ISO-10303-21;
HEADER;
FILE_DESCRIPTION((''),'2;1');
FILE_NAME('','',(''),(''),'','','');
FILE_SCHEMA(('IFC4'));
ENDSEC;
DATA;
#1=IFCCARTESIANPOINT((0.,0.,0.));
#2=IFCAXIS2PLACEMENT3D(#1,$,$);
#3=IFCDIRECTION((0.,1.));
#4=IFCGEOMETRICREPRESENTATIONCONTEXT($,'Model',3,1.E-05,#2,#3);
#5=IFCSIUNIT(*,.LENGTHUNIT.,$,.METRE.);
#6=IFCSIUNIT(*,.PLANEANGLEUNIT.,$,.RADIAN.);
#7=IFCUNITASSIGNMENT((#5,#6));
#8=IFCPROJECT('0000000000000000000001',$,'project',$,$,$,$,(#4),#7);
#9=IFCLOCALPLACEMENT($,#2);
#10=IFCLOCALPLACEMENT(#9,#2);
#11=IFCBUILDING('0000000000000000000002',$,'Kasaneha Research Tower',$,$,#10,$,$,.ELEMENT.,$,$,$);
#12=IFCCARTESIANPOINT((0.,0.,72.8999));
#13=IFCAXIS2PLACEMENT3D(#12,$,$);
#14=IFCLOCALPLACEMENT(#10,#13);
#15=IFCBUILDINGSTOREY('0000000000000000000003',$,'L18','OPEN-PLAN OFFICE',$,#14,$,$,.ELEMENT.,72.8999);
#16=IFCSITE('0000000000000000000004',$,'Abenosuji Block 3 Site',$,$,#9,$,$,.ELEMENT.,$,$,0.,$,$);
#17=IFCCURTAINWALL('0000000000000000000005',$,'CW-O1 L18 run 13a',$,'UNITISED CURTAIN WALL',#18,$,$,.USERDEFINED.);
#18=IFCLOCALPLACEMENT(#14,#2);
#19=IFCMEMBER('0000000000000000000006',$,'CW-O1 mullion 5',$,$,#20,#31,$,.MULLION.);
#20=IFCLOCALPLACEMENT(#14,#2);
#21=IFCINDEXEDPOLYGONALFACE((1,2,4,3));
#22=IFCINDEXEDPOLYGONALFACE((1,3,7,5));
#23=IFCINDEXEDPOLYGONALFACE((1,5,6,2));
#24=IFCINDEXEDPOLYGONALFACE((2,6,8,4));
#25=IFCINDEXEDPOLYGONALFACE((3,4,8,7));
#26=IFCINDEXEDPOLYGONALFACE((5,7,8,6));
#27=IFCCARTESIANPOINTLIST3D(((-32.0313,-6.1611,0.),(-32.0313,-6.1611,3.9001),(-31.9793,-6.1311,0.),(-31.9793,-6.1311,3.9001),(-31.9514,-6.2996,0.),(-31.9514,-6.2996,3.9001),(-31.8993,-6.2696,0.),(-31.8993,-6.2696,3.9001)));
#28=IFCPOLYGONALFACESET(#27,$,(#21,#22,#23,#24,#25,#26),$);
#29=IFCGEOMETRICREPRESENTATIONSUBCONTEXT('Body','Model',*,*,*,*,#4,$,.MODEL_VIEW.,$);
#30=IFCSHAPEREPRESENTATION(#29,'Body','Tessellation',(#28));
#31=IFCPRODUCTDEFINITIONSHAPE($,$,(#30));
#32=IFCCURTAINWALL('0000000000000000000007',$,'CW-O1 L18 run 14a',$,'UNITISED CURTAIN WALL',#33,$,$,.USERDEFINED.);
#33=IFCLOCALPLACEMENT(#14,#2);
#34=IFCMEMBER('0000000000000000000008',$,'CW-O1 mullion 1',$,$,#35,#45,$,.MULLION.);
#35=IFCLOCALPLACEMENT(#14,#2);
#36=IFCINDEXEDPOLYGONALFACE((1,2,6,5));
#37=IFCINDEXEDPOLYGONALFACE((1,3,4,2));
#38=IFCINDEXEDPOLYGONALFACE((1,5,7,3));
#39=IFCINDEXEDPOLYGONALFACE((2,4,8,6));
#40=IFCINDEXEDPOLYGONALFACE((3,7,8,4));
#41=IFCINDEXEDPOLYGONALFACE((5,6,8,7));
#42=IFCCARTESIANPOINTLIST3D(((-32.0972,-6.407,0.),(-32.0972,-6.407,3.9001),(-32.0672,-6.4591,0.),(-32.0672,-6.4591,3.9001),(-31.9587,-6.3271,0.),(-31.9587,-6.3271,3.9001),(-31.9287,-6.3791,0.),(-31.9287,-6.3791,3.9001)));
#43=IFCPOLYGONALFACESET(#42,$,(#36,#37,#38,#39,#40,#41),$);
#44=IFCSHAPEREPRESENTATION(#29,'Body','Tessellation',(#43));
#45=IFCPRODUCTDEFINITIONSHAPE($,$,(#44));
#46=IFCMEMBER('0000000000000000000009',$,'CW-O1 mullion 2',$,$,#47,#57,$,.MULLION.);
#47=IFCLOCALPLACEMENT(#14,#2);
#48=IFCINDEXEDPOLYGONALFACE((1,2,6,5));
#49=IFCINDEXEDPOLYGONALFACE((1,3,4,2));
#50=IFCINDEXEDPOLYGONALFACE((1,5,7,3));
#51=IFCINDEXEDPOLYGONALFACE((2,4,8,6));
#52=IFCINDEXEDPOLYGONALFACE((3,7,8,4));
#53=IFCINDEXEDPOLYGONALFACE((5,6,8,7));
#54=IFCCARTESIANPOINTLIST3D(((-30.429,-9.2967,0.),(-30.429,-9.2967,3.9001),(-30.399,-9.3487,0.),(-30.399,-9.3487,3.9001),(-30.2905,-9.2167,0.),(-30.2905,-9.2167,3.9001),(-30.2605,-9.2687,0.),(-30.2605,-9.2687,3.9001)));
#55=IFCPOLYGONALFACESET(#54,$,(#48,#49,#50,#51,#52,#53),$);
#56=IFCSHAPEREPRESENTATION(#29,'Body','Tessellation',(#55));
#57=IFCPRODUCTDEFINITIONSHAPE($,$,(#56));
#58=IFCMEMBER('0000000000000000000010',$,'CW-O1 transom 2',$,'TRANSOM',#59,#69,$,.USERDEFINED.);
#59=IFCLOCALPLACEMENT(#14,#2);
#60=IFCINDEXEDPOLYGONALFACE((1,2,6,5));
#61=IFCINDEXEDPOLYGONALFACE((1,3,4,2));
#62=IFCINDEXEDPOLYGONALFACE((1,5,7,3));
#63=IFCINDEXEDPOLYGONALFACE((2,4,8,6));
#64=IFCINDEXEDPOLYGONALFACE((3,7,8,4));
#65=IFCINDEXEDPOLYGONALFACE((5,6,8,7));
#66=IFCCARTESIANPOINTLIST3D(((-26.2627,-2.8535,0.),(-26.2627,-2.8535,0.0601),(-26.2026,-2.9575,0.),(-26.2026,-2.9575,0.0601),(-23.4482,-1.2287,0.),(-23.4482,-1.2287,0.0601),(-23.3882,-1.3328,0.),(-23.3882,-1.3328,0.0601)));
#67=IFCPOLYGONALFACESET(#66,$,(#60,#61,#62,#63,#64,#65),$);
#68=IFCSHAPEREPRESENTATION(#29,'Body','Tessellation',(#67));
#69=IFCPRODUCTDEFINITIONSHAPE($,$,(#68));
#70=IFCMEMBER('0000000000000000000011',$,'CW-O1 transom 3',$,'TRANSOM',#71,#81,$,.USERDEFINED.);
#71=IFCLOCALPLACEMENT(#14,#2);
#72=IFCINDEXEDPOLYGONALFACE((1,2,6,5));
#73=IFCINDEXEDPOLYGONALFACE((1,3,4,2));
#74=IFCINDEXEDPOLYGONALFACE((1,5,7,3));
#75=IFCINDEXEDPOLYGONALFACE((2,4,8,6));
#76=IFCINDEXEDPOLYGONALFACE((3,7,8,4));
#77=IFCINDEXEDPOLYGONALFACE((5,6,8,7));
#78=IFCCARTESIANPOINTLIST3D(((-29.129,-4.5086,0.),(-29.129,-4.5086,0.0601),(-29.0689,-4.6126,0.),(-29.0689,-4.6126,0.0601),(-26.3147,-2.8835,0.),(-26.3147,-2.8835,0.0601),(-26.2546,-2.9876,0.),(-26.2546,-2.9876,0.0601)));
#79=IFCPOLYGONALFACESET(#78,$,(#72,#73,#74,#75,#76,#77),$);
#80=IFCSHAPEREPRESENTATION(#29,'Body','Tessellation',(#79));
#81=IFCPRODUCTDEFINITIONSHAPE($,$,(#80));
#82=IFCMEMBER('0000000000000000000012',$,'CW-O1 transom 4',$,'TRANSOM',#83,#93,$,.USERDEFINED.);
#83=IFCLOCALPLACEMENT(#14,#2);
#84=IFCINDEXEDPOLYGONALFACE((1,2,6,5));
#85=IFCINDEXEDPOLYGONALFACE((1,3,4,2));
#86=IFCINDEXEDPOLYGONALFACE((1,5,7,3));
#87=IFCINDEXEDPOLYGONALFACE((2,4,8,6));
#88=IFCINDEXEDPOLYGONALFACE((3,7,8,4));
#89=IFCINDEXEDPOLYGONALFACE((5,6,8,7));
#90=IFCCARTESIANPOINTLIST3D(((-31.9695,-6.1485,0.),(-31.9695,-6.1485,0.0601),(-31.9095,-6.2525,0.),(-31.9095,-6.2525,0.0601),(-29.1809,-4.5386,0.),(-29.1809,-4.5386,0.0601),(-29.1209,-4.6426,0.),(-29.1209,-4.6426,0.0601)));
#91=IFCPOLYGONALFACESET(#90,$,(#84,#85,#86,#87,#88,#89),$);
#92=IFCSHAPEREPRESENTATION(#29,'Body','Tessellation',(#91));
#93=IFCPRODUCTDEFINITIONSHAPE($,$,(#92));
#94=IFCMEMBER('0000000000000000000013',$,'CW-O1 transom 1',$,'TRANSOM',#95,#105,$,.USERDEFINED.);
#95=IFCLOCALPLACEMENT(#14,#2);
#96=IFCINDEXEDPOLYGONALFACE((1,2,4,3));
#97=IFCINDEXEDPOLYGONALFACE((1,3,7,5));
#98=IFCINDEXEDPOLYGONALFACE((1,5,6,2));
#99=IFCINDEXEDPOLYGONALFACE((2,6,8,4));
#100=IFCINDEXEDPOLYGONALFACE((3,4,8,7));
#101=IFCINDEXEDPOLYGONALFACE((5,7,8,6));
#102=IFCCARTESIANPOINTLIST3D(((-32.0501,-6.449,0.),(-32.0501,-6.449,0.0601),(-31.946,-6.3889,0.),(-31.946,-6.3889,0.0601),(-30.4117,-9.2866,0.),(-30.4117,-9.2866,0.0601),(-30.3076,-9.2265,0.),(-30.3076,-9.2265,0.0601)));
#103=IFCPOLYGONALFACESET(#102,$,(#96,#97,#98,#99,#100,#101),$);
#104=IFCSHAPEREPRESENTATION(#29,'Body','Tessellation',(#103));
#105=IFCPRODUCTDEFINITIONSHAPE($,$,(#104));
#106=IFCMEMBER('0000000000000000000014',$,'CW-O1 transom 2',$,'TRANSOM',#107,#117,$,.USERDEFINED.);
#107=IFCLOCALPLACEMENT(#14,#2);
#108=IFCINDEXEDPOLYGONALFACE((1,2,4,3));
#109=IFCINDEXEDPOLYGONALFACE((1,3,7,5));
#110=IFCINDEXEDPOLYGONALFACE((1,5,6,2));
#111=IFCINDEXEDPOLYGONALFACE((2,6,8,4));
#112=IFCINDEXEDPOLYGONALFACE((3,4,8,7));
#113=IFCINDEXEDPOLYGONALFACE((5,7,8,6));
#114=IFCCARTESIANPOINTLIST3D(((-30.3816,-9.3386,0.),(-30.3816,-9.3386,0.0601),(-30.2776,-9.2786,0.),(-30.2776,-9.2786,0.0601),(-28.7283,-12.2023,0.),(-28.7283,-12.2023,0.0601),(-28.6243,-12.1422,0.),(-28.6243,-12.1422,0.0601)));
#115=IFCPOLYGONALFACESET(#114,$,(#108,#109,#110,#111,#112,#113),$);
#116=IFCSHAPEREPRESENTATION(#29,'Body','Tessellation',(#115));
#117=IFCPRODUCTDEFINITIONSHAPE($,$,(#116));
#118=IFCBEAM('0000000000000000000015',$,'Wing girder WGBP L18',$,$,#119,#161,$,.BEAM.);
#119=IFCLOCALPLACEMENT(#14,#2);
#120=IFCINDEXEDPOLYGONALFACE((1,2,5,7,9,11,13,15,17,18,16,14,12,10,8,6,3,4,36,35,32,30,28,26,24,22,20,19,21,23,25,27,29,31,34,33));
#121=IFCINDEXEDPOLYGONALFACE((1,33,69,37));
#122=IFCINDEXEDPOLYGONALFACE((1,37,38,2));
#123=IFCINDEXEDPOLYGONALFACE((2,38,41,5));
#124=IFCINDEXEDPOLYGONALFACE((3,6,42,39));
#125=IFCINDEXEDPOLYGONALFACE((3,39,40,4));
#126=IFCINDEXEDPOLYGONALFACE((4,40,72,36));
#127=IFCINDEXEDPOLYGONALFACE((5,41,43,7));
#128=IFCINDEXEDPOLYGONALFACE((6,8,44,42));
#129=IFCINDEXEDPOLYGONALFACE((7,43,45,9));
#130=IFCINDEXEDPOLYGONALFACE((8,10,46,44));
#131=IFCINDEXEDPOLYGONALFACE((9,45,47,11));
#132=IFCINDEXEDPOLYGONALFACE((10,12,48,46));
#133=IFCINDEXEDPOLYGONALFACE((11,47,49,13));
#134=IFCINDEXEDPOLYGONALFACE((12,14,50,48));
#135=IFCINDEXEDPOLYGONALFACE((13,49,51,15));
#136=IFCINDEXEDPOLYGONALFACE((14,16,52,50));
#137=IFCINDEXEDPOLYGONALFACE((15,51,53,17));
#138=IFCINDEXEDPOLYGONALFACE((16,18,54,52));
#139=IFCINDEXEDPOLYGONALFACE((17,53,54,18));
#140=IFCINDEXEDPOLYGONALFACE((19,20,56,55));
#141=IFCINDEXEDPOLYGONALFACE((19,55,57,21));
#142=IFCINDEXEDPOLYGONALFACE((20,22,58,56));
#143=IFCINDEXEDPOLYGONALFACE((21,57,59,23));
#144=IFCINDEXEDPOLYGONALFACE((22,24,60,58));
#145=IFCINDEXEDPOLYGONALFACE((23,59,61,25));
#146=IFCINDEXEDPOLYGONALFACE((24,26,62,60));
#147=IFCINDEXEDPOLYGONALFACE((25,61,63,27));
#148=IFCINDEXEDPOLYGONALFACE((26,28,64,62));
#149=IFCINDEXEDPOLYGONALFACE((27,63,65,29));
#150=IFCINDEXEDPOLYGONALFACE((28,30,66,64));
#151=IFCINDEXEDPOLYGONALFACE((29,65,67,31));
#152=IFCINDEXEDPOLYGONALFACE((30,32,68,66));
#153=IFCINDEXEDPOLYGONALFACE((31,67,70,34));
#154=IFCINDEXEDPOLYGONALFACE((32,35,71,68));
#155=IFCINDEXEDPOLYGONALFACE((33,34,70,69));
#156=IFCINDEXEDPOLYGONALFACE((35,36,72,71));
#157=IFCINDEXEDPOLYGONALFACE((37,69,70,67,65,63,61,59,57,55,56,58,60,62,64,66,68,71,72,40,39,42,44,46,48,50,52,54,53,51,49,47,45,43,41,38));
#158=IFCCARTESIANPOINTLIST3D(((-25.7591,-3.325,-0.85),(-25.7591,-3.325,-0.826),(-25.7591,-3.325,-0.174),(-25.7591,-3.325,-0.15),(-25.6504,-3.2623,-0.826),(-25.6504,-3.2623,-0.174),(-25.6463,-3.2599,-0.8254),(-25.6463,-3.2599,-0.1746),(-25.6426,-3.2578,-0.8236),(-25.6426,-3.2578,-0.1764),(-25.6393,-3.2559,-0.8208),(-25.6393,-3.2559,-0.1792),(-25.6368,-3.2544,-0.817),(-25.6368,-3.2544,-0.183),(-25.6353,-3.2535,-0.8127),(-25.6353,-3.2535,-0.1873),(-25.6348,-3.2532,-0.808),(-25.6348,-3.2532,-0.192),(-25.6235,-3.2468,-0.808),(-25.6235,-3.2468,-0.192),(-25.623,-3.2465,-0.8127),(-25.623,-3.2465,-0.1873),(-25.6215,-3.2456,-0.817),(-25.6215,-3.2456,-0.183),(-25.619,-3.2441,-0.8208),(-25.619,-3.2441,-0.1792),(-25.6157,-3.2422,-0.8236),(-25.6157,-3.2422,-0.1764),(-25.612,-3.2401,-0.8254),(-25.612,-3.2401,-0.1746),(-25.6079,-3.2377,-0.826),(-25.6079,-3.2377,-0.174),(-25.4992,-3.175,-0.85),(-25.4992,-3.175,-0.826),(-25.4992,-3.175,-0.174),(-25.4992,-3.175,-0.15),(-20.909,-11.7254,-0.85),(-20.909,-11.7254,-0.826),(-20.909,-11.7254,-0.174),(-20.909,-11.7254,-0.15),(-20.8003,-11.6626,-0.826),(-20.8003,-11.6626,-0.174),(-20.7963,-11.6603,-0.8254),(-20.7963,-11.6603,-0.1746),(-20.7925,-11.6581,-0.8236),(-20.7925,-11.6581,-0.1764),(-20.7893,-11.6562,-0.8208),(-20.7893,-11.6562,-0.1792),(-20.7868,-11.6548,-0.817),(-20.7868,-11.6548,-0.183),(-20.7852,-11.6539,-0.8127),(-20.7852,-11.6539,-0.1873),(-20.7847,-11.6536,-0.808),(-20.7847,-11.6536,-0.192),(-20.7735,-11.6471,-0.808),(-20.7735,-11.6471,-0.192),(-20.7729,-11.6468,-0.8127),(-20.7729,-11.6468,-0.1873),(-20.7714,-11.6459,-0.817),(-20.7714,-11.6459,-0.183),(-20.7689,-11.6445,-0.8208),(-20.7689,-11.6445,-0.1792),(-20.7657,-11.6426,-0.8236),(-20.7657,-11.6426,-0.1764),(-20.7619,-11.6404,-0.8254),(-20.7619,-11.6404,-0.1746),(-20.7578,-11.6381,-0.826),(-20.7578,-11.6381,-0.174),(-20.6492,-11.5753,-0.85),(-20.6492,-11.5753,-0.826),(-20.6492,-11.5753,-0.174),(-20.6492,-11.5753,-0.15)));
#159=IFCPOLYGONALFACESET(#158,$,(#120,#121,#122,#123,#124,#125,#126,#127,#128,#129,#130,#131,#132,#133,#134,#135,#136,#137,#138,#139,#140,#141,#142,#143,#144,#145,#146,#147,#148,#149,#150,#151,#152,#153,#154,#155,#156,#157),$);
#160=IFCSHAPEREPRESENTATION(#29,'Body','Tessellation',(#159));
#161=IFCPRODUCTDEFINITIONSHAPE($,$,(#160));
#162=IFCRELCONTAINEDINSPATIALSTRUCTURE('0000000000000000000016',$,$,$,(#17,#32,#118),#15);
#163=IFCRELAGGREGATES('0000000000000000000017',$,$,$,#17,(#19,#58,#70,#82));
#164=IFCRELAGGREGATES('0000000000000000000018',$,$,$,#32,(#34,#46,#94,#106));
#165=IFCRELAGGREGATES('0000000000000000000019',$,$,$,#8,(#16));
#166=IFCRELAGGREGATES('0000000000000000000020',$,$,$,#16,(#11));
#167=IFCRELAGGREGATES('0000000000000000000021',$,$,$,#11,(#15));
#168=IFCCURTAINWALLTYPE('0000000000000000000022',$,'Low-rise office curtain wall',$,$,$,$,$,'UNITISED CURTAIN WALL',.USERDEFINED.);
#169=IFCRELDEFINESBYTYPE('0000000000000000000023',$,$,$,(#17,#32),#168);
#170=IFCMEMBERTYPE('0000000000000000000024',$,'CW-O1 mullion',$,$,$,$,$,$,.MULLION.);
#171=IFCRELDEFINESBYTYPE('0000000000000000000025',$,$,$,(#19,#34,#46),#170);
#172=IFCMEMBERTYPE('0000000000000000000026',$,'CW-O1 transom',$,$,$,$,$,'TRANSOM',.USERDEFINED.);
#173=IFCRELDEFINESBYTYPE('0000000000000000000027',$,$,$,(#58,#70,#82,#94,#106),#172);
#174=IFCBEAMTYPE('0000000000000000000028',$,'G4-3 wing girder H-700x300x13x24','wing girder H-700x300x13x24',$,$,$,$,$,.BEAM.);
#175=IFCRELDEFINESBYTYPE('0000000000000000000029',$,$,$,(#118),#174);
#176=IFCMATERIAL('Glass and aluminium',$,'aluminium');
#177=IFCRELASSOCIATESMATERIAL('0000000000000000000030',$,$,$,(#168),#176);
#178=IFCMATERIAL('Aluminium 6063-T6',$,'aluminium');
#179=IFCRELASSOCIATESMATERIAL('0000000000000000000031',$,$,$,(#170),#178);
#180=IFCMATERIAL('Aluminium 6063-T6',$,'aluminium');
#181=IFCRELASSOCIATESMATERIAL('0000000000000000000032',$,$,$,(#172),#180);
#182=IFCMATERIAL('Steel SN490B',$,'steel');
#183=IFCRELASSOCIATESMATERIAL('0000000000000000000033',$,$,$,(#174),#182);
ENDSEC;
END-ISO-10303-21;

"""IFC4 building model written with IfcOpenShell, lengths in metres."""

from ifc_helpers import new_model, si_unit, direction, frame, origin, origin_2d, place, context, subcontext, project, spatial, rectangle, i_section, extrude, material, material_profile, profile_set, type_object, element, aggregate, save


model = new_model("IFC4")

# Units and contexts
model_context = context("Model", 3, precision=1e-05, world=origin(), true_north=direction((0.0, 1.0)))
body_context = subcontext(model_context, "Body", "Model", "MODEL_VIEW")
ifc_project = project(units=[si_unit("LENGTHUNIT", "METRE"), si_unit("PLANEANGLEUNIT", "RADIAN")], contexts=[model_context])

# Site, building, storey
site_placement = place(None, origin())
site = spatial("IfcSite", under=ifc_project, at=site_placement, Name="Abenosuji Block 3 Site", CompositionType="ELEMENT", RefElevation=0.0)
building_placement = place(site_placement, origin())
building = spatial("IfcBuilding", under=site, at=building_placement, Name="Kasaneha Research Tower", CompositionType="ELEMENT")
storey_placement = place(building_placement, frame((0.0, 0.0, 72.8999)))
storey = spatial("IfcBuildingStorey", under=building, at=storey_placement, Name="L18", Description="OPEN-PLAN OFFICE", CompositionType="ELEMENT", Elevation=72.8999)

# Curtain walls, members
ifc_material_1 = material(Name="Glass and aluminium", Category="aluminium")
curtain_wall_type = type_object("IfcCurtainWallType", Name="Low-rise office curtain wall", ElementType="UNITISED CURTAIN WALL", PredefinedType="USERDEFINED", material=ifc_material_1)
curtain_wall_1_placement = place(storey_placement, origin())
curtain_wall_1 = element("IfcCurtainWall", 1, at=curtain_wall_1_placement, inside=storey, type_object=curtain_wall_type, Name="CW-O1 L18 run 13a", ObjectType="UNITISED CURTAIN WALL", PredefinedType="USERDEFINED")
ifc_material_2 = material(Name="Aluminium 6063-T6", Category="aluminium")
ifc_material_profile_1 = material_profile(ifc_material_2, rectangle(XDim=0.0601, YDim=0.1599, at=origin_2d()), Name="CW-O1 mullion 60x160")
ifc_profile_set_1 = profile_set([ifc_material_profile_1], Name="Aluminium 6063-T6")
member_type_1 = type_object("IfcMemberType", Name="CW-O1 mullion", PredefinedType="MULLION", material=ifc_profile_set_1)
member_1_placement = place(storey_placement, frame((-31.9653, -6.2153, 0.0), z_axis=(0.0, 0.0, 1.0), x_axis=(-0.866025, -0.5, 0.0)))
member_1 = element("IfcMember", 2, at=member_1_placement, type_object=member_type_1, Name="CW-O1 mullion 5", PredefinedType="MULLION", context=body_context, shape_type="SweptSolid", body=[
    extrude(rectangle(XDim=0.0601, YDim=0.1599, at=origin_2d()), origin(), (0.0, 0.0, 1.0), 3.9001),
])
curtain_wall_2_placement = place(storey_placement, origin())
curtain_wall_2 = element("IfcCurtainWall", 3, at=curtain_wall_2_placement, inside=storey, type_object=curtain_wall_type, Name="CW-O1 L18 run 14a", ObjectType="UNITISED CURTAIN WALL", PredefinedType="USERDEFINED")
member_2_placement = place(storey_placement, frame((-32.0129, -6.3931, 0.0), z_axis=(0.0, 0.0, 1.0), x_axis=(0.5, -0.866025, 0.0)))
member_2 = element("IfcMember", 4, at=member_2_placement, type_object=member_type_1, Name="CW-O1 mullion 1", PredefinedType="MULLION", context=body_context, shape_type="SweptSolid", body=[
    extrude(rectangle(XDim=0.0601, YDim=0.1599, at=origin_2d()), origin(), (0.0, 0.0, 1.0), 3.9001),
])
member_3_placement = place(storey_placement, frame((-30.3447, -9.2827, 0.0), z_axis=(0.0, 0.0, 1.0), x_axis=(0.5, -0.866025, 0.0)))
member_3 = element("IfcMember", 5, at=member_3_placement, type_object=member_type_1, Name="CW-O1 mullion 2", PredefinedType="MULLION", context=body_context, shape_type="SweptSolid", body=[
    extrude(rectangle(XDim=0.0601, YDim=0.1599, at=origin_2d()), origin(), (0.0, 0.0, 1.0), 3.9001),
])

# Members
ifc_material_3 = material(Name="Aluminium 6063-T6", Category="aluminium")
ifc_material_profile_2 = material_profile(ifc_material_3, rectangle(XDim=0.1201, YDim=0.0601, at=origin_2d()), Name="CW-O1 transom 120x60")
ifc_profile_set_2 = profile_set([ifc_material_profile_2], Name="Aluminium 6063-T6")
member_type_2 = type_object("IfcMemberType", Name="CW-O1 transom", ElementType="TRANSOM", PredefinedType="USERDEFINED", material=ifc_profile_set_2)
member_4_placement = place(storey_placement, frame((-23.4182, -1.2808, 0.03), z_axis=(-0.866048, -0.499961, 0.0), x_axis=(0.499961, -0.866048, 0.0)))
member_4 = element("IfcMember", 6, at=member_4_placement, type_object=member_type_2, Name="CW-O1 transom 2", ObjectType="TRANSOM", PredefinedType="USERDEFINED", context=body_context, shape_type="SweptSolid", body=[
    extrude(rectangle(XDim=0.1201, YDim=0.0601, at=origin_2d()), origin(), (0.0, 0.0, 1.0), 3.2498),
])
member_5_placement = place(storey_placement, frame((-26.2847, -2.9355, 0.03), z_axis=(-0.865997, -0.50005, 0.0), x_axis=(0.50005, -0.865997, 0.0)))
member_5 = element("IfcMember", 7, at=member_5_placement, type_object=member_type_2, Name="CW-O1 transom 3", ObjectType="TRANSOM", PredefinedType="USERDEFINED", context=body_context, shape_type="SweptSolid", body=[
    extrude(rectangle(XDim=0.1201, YDim=0.0601, at=origin_2d()), origin(), (0.0, 0.0, 1.0), 3.2498),
])
member_6_placement = place(storey_placement, frame((-29.1509, -4.5906, 0.03), z_axis=(-0.866042, -0.499972, 0.0), x_axis=(0.499972, -0.866042, 0.0)))
member_6 = element("IfcMember", 8, at=member_6_placement, type_object=member_type_2, Name="CW-O1 transom 4", ObjectType="TRANSOM", PredefinedType="USERDEFINED", context=body_context, shape_type="SweptSolid", body=[
    extrude(rectangle(XDim=0.1201, YDim=0.0601, at=origin_2d()), origin(), (0.0, 0.0, 1.0), 3.22),
])
member_7_placement = place(storey_placement, frame((-31.998, -6.4189, 0.03), z_axis=(0.500026, -0.866011, 0.0), x_axis=(0.866011, 0.500026, 0.0)))
member_7 = element("IfcMember", 9, at=member_7_placement, type_object=member_type_2, Name="CW-O1 transom 1", ObjectType="TRANSOM", PredefinedType="USERDEFINED", context=body_context, shape_type="SweptSolid", body=[
    extrude(rectangle(XDim=0.1201, YDim=0.0601, at=origin_2d()), origin(), (0.0, 0.0, 1.0), 3.2766),
])
member_8_placement = place(storey_placement, frame((-30.3296, -9.3086, 0.03), z_axis=(0.499982, -0.866036, 0.0), x_axis=(0.866036, 0.499982, 0.0)))
member_8 = element("IfcMember", 10, at=member_8_placement, type_object=member_type_2, Name="CW-O1 transom 2", ObjectType="TRANSOM", PredefinedType="USERDEFINED", context=body_context, shape_type="SweptSolid", body=[
    extrude(rectangle(XDim=0.1201, YDim=0.0601, at=origin_2d()), origin(), (0.0, 0.0, 1.0), 3.3066),
])

# Beam
ifc_material_4 = material(Name="Steel SN490B", Category="steel")
ifc_material_profile_3 = material_profile(ifc_material_4, i_section(OverallWidth=0.3, OverallDepth=0.7, WebThickness=0.0129, FlangeThickness=0.0239, FilletRadius=0.0181, at=origin_2d()), Name="H-700x300x13x24")
ifc_profile_set_3 = profile_set([ifc_material_profile_3], Name="Steel SN490B")
beam_type_1 = type_object("IfcBeamType", Name="G4-3 wing girder H-700x300x13x24", Description="wing girder H-700x300x13x24", PredefinedType="BEAM", material=ifc_profile_set_3)
beam_1_placement = place(storey_placement, frame((-25.6292, -3.25, -0.5), z_axis=(0.50001, -0.86602, 0.0), x_axis=(0.86602, 0.50001, 0.0)))
element("IfcBeam", 11, at=beam_1_placement, inside=storey, type_object=beam_type_1, Name="Wing girder WGBP L18", PredefinedType="BEAM", context=body_context, shape_type="SweptSolid", body=[
    extrude(i_section(OverallWidth=0.3, OverallDepth=0.7, WebThickness=0.0129, FlangeThickness=0.0239, FilletRadius=0.0181, at=origin_2d()), origin(), (0.0, 0.0, 1.0), 9.7),
])

aggregate(curtain_wall_1, [member_1, member_4, member_5, member_6])
aggregate(curtain_wall_2, [member_2, member_3, member_7, member_8])

save(model, "model.ifc")
